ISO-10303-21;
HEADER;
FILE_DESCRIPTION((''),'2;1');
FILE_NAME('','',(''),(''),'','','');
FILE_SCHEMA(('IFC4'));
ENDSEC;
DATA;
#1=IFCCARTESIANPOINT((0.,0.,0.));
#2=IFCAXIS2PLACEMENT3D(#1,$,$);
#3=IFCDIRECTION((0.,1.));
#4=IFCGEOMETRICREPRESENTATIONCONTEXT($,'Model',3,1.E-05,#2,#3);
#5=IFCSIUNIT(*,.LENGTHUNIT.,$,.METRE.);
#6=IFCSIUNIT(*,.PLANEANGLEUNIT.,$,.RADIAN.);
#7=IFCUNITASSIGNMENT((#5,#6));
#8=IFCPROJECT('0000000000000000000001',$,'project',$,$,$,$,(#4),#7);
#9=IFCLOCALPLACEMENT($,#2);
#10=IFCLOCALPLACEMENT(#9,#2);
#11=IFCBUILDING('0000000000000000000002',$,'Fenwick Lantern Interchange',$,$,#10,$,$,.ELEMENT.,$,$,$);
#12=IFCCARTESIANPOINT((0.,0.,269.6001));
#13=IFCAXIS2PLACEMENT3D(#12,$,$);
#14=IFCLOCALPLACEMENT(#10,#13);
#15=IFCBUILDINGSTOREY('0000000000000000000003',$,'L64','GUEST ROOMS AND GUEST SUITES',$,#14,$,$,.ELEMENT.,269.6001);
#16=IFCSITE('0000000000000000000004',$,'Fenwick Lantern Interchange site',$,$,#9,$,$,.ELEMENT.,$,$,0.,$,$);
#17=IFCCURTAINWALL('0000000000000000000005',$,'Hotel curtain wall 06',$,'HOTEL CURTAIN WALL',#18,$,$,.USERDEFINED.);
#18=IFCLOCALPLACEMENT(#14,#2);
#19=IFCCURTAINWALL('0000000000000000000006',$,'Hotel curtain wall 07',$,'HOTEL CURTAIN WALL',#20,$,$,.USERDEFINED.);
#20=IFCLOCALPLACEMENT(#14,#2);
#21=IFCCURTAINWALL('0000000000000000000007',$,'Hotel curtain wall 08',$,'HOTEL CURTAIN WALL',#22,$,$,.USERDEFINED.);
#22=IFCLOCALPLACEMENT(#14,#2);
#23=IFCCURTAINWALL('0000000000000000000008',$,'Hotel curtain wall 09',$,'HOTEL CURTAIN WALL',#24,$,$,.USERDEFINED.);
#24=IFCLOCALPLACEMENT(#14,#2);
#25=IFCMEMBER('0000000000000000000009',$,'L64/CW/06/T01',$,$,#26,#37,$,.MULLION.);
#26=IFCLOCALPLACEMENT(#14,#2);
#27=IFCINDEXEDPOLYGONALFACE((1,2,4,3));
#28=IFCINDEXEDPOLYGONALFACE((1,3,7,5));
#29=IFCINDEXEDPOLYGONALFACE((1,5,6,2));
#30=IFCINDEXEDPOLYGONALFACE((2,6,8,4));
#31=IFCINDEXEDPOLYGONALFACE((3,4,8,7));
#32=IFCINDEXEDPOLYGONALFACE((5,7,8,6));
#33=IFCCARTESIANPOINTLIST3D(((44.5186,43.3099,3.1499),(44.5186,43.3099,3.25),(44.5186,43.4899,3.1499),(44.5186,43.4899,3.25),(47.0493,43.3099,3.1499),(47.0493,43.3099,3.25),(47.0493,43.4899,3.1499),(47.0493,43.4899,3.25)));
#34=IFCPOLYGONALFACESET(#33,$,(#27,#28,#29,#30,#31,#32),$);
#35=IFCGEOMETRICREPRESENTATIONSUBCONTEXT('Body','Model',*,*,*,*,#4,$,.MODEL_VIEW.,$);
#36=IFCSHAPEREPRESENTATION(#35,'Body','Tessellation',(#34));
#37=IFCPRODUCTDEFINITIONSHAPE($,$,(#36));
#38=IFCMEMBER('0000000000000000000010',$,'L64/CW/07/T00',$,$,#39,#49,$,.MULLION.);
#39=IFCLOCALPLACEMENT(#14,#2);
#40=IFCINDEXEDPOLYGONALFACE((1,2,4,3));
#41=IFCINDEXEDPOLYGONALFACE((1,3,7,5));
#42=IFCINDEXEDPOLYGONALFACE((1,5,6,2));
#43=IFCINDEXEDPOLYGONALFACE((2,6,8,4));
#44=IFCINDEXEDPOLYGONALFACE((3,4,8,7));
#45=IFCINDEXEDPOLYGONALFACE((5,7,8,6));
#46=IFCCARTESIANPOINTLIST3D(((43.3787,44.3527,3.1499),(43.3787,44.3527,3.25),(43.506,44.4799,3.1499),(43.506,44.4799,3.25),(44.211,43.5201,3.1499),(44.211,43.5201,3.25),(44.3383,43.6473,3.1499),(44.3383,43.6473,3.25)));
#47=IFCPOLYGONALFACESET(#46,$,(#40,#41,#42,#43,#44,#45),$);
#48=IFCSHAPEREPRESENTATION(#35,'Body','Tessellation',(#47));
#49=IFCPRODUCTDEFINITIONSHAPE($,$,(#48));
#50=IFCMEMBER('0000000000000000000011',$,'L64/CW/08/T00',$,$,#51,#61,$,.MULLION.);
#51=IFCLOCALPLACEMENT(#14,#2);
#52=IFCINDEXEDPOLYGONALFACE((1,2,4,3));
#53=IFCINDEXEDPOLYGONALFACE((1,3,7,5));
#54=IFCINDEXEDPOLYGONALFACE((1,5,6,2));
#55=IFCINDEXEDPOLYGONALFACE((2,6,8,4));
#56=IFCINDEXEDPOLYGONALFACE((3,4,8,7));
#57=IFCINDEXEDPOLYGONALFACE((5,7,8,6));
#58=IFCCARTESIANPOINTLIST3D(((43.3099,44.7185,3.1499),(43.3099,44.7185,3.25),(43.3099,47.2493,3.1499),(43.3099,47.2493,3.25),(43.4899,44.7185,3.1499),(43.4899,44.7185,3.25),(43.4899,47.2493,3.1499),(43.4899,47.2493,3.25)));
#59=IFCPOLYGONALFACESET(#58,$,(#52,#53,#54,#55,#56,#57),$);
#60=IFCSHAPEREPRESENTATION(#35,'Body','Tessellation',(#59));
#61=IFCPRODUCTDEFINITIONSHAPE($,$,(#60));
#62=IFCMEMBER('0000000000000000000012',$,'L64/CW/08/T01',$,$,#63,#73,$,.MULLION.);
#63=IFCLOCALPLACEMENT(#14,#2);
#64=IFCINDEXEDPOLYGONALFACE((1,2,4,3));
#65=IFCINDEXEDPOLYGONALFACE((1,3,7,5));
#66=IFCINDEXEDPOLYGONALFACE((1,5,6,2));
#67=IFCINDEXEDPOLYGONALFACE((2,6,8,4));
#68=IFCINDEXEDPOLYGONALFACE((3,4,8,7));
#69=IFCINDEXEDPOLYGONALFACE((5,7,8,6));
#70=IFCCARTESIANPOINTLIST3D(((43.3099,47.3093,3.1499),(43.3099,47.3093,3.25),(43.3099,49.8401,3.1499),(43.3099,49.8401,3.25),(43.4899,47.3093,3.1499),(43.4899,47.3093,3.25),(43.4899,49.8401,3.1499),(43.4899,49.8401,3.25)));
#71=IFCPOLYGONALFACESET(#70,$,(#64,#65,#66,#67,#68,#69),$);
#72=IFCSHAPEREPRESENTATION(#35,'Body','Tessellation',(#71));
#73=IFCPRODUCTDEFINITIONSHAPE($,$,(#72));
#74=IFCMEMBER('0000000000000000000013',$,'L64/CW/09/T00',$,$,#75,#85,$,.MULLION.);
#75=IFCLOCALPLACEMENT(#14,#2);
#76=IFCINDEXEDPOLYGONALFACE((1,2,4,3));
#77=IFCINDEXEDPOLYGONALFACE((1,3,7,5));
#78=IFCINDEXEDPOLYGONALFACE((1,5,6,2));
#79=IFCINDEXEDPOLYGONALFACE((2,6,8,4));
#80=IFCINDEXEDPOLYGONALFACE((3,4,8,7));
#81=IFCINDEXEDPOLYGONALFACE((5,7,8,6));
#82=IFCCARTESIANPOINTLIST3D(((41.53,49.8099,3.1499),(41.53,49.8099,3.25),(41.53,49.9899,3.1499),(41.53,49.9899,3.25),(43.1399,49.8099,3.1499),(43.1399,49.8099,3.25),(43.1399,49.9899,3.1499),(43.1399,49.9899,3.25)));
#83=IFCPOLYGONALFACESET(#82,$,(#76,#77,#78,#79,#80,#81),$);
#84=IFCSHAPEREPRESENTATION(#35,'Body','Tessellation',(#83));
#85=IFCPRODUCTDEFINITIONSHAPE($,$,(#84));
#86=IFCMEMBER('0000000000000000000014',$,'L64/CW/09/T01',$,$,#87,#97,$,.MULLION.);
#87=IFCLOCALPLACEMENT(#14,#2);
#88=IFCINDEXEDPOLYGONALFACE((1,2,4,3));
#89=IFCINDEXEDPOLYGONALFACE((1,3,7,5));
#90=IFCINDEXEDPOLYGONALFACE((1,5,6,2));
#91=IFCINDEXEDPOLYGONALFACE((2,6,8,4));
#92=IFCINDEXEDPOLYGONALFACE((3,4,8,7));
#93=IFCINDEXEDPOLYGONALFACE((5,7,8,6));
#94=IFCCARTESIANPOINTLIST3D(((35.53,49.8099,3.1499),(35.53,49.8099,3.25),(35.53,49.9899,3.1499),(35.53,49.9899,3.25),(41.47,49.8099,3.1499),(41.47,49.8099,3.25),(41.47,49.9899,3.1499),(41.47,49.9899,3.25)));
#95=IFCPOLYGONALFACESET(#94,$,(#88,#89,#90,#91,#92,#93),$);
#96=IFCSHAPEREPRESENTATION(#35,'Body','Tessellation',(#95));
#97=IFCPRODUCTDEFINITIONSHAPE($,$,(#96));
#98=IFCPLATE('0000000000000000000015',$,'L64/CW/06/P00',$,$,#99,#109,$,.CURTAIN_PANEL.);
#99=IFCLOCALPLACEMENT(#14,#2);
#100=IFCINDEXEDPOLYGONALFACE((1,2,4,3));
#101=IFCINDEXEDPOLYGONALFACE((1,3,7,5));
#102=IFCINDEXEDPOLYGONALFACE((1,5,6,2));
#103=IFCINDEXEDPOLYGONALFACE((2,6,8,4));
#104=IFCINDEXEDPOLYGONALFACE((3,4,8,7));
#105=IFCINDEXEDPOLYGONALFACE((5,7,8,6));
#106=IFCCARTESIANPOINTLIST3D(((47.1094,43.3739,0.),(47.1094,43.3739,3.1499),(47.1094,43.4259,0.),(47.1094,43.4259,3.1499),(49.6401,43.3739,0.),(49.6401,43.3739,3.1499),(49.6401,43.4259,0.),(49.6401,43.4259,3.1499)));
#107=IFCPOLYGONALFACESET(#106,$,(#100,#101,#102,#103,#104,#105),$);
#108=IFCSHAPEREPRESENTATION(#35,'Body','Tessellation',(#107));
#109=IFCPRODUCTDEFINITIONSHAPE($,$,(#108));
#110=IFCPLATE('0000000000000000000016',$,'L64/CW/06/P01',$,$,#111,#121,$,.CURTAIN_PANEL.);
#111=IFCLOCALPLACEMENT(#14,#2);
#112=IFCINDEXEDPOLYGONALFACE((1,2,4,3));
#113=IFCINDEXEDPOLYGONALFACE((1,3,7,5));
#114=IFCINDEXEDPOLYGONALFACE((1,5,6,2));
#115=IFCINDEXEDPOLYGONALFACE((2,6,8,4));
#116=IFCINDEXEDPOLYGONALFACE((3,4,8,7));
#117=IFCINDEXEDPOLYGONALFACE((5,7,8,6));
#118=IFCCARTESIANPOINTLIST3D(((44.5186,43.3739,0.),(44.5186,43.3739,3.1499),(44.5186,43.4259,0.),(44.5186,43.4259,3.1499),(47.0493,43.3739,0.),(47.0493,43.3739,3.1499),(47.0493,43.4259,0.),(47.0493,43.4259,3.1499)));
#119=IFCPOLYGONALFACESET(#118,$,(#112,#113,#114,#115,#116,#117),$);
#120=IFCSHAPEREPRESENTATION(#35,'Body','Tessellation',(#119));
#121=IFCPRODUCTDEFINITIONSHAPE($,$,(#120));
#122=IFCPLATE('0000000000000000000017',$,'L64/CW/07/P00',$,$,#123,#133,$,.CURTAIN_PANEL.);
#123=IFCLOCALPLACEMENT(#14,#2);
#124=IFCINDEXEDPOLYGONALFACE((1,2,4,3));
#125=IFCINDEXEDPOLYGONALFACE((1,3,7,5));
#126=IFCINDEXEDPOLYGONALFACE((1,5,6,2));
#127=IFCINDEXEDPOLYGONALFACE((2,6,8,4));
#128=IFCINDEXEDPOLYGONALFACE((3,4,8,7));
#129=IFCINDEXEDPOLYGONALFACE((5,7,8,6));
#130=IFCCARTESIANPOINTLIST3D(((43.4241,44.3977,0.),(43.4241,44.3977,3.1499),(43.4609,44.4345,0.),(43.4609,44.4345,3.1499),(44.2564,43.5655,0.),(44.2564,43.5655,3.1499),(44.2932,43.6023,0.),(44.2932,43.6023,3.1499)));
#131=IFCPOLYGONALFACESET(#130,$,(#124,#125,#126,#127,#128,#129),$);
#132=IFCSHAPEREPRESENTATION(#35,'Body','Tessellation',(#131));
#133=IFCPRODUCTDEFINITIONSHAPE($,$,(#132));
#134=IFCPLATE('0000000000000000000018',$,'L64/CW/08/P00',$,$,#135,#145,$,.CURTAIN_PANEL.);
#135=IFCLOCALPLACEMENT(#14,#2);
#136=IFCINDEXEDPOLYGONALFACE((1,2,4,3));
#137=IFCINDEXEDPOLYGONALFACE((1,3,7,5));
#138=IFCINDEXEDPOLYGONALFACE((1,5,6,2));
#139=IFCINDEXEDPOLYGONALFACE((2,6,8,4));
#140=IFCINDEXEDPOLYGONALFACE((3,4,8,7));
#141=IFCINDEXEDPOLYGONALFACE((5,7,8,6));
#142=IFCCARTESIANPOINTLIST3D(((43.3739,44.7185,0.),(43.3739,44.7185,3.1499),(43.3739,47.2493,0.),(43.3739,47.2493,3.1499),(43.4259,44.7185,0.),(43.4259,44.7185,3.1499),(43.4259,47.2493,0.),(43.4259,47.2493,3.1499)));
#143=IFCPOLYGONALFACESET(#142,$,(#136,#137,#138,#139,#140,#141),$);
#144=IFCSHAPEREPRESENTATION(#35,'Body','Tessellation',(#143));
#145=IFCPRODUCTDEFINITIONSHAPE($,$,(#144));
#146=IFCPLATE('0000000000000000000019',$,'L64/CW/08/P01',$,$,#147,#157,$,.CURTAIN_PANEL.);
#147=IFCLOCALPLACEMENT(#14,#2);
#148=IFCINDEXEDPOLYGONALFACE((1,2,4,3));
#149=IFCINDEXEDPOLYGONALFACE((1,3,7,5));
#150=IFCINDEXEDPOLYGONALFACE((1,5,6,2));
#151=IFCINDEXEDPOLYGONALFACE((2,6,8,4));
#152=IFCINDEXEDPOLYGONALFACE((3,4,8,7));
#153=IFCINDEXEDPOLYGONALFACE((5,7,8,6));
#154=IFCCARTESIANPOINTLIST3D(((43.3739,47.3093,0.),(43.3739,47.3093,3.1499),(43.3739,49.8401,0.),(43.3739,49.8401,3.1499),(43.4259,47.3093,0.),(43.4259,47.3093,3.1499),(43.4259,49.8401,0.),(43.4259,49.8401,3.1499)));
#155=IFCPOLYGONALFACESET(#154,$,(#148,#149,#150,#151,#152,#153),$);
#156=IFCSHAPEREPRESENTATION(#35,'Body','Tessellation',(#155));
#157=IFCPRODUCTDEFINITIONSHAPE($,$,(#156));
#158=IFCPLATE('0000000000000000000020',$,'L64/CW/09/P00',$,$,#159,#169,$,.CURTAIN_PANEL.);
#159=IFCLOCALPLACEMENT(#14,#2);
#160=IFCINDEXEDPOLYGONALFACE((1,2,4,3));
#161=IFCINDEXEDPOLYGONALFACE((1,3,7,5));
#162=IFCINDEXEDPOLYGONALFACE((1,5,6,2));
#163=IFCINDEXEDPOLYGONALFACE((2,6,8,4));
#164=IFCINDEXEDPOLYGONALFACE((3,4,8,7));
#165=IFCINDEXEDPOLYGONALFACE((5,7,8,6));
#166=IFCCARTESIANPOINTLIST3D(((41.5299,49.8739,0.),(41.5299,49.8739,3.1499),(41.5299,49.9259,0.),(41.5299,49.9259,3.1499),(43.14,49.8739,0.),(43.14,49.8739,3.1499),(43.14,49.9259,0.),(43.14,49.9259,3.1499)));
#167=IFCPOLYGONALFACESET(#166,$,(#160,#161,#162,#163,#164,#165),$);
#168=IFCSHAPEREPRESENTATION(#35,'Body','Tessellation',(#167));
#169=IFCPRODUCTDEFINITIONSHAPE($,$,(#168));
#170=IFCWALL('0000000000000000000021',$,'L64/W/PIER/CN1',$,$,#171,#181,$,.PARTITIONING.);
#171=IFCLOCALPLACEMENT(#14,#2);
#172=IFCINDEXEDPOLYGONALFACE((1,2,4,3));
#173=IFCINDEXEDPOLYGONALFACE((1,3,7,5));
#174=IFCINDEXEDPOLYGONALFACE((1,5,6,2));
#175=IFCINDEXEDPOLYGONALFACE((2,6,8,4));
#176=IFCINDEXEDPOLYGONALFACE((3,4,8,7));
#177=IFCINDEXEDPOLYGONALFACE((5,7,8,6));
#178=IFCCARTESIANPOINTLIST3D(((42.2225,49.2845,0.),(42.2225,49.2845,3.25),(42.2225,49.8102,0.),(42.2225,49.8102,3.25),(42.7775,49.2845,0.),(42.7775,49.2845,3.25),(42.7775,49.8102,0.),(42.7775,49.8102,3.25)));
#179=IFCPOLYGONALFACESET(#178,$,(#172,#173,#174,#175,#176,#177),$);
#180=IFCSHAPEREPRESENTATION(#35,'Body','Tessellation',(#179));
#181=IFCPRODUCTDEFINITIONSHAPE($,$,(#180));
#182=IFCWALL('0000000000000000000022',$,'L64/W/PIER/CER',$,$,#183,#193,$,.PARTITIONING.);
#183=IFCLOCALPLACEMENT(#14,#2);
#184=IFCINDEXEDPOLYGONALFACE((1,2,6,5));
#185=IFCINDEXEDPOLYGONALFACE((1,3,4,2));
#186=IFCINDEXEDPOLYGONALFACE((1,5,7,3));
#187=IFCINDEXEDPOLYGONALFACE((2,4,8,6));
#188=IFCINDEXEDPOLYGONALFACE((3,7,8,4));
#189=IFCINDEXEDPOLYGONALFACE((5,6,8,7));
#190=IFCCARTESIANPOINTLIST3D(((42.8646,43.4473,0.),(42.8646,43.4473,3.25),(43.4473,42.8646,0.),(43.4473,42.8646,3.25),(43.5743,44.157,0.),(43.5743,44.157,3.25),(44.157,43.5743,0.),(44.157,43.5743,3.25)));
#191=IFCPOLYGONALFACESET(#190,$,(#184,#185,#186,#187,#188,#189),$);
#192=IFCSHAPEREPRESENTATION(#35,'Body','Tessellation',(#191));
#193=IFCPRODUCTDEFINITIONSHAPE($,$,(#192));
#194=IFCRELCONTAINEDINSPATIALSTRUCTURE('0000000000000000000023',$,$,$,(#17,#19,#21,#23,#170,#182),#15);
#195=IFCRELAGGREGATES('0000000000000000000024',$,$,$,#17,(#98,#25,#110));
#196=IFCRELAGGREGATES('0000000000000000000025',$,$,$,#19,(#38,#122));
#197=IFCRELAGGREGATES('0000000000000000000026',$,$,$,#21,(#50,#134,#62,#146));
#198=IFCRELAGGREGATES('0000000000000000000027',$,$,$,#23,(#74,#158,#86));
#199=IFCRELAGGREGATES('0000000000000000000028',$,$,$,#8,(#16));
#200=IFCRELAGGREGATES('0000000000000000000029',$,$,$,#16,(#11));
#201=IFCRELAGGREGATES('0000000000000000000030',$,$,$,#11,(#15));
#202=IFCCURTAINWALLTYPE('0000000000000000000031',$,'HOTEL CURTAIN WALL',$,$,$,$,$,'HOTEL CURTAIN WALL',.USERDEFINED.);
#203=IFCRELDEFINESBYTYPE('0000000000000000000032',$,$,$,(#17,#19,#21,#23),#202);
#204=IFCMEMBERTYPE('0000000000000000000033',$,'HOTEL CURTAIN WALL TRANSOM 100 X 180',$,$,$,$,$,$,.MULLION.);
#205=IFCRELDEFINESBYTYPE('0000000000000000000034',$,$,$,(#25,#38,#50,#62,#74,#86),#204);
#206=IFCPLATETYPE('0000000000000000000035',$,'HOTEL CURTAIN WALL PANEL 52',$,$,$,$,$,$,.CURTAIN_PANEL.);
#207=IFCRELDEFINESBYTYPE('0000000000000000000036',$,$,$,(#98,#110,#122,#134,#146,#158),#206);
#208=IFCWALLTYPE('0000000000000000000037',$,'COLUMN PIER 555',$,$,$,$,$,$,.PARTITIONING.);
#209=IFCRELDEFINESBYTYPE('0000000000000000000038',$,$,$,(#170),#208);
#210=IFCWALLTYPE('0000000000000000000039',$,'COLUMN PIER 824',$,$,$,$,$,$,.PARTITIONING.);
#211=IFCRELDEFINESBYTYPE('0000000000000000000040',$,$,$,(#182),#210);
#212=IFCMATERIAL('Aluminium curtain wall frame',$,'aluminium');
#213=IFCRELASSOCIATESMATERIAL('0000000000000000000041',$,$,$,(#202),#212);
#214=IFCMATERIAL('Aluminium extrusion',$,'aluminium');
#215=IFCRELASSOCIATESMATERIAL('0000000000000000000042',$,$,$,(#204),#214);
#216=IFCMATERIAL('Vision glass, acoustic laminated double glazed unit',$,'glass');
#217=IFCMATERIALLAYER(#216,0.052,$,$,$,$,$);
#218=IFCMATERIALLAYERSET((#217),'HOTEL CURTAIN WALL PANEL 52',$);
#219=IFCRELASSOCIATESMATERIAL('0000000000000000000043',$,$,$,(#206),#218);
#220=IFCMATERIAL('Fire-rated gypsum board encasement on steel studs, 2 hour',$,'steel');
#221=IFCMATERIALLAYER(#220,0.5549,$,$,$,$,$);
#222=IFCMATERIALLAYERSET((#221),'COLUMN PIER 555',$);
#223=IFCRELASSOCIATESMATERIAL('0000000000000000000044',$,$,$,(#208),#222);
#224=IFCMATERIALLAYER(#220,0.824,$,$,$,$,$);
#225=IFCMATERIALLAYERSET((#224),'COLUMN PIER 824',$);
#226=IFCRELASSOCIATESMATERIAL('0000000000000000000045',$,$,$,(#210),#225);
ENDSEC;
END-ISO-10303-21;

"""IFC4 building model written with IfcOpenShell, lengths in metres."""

from ifc_helpers import new_model, si_unit, direction, frame, frame_2d, origin, origin_2d, place, context, subcontext, project, spatial, rectangle, extrude, material, layer, layer_set, material_profile, profile_set, type_object, element, aggregate, save


model = new_model("IFC4")

# Units and contexts
model_context = context("Model", 3, precision=1e-05, world=origin(), true_north=direction((0.0, 1.0)))
body_context = subcontext(model_context, "Body", "Model", "MODEL_VIEW")
ifc_project = project(units=[si_unit("LENGTHUNIT", "METRE"), si_unit("PLANEANGLEUNIT", "RADIAN")], contexts=[model_context])

# Site, building, storey
site_placement = place(None, origin())
site = spatial("IfcSite", under=ifc_project, at=site_placement, Name="Fenwick Lantern Interchange site", CompositionType="ELEMENT", RefElevation=0.0)
building_placement = place(site_placement, origin())
building = spatial("IfcBuilding", under=site, at=building_placement, Name="Fenwick Lantern Interchange", CompositionType="ELEMENT")
storey_placement = place(building_placement, frame((0.0, 0.0, 269.6001)))
storey = spatial("IfcBuildingStorey", under=building, at=storey_placement, Name="L64", Description="GUEST ROOMS AND GUEST SUITES", CompositionType="ELEMENT", Elevation=269.6001)

# Curtain walls
ifc_material_1 = material(Name="Aluminium curtain wall frame", Category="aluminium")
curtain_wall_type = type_object("IfcCurtainWallType", Name="HOTEL CURTAIN WALL", ElementType="HOTEL CURTAIN WALL", PredefinedType="USERDEFINED", material=ifc_material_1)
curtain_wall_1_placement = place(storey_placement, origin())
curtain_wall_1 = element("IfcCurtainWall", 1, at=curtain_wall_1_placement, inside=storey, type_object=curtain_wall_type, Name="Hotel curtain wall 06", ObjectType="HOTEL CURTAIN WALL", PredefinedType="USERDEFINED")
ifc_material_2 = material(Name="Aluminium extrusion", Category="aluminium")
curtain_wall_2_placement = place(storey_placement, origin())
curtain_wall_2 = element("IfcCurtainWall", 2, at=curtain_wall_2_placement, inside=storey, type_object=curtain_wall_type, Name="Hotel curtain wall 07", ObjectType="HOTEL CURTAIN WALL", PredefinedType="USERDEFINED")
curtain_wall_3_placement = place(storey_placement, origin())
curtain_wall_3 = element("IfcCurtainWall", 3, at=curtain_wall_3_placement, inside=storey, type_object=curtain_wall_type, Name="Hotel curtain wall 08", ObjectType="HOTEL CURTAIN WALL", PredefinedType="USERDEFINED")
curtain_wall_4_placement = place(storey_placement, origin())
curtain_wall_4 = element("IfcCurtainWall", 4, at=curtain_wall_4_placement, inside=storey, type_object=curtain_wall_type, Name="Hotel curtain wall 09", ObjectType="HOTEL CURTAIN WALL", PredefinedType="USERDEFINED")

# Members
ifc_material_profile_1 = material_profile(ifc_material_2, rectangle(XDim=0.1799, YDim=0.1001, at=origin_2d()), Name="HOTEL CURTAIN WALL TRANSOM 100 X 180")
ifc_profile_set_1 = profile_set([ifc_material_profile_1], Name="Aluminium extrusion")
member_type_1 = type_object("IfcMemberType", Name="HOTEL CURTAIN WALL TRANSOM 100 X 180", PredefinedType="MULLION", material=ifc_profile_set_1)
member_1_placement = place(storey_placement, frame((47.0493, 43.3999, 3.2), z_axis=(-1.0, 0.0, 0.0), x_axis=(0.0, -1.0, 0.0)))
member_1 = element("IfcMember", 5, at=member_1_placement, type_object=member_type_1, Name="L64/CW/06/T01", PredefinedType="MULLION", context=body_context, shape_type="SweptSolid", body=[
    extrude(rectangle(XDim=0.1799, YDim=0.1001, at=origin_2d()), origin(), (0.0, 0.0, 1.0), 2.5308),
])
member_2_placement = place(storey_placement, frame((44.2747, 43.5837, 3.2), z_axis=(-0.707003, 0.70721, 0.0), x_axis=(-0.70721, -0.707003, 0.0)))
member_2 = element("IfcMember", 6, at=member_2_placement, type_object=member_type_1, Name="L64/CW/07/T00", PredefinedType="MULLION", context=body_context, shape_type="SweptSolid", body=[
    extrude(rectangle(XDim=0.1799, YDim=0.1001, at=origin_2d()), origin(), (0.0, 0.0, 1.0), 1.1772),
])
member_3_placement = place(storey_placement, frame((43.3999, 44.7185, 3.2), z_axis=(0.0, 1.0, 0.0), x_axis=(-1.0, 0.0, 0.0)))
member_3 = element("IfcMember", 7, at=member_3_placement, type_object=member_type_1, Name="L64/CW/08/T00", PredefinedType="MULLION", context=body_context, shape_type="SweptSolid", body=[
    extrude(rectangle(XDim=0.1799, YDim=0.1001, at=origin_2d()), origin(), (0.0, 0.0, 1.0), 2.5308),
])
member_4_placement = place(storey_placement, frame((43.3999, 47.3093, 3.2), z_axis=(0.0, 1.0, 0.0), x_axis=(-1.0, 0.0, 0.0)))
member_4 = element("IfcMember", 8, at=member_4_placement, type_object=member_type_1, Name="L64/CW/08/T01", PredefinedType="MULLION", context=body_context, shape_type="SweptSolid", body=[
    extrude(rectangle(XDim=0.1799, YDim=0.1001, at=origin_2d()), origin(), (0.0, 0.0, 1.0), 2.5308),
])
member_5_placement = place(storey_placement, frame((43.1399, 49.8999, 3.2), z_axis=(-1.0, 0.0, 0.0), x_axis=(0.0, -1.0, 0.0)))
member_5 = element("IfcMember", 9, at=member_5_placement, type_object=member_type_1, Name="L64/CW/09/T00", PredefinedType="MULLION", context=body_context, shape_type="SweptSolid", body=[
    extrude(rectangle(XDim=0.1799, YDim=0.1001, at=origin_2d()), origin(), (0.0, 0.0, 1.0), 1.6099),
])
member_6_placement = place(storey_placement, frame((41.47, 49.8999, 3.2), z_axis=(-1.0, 0.0, 0.0), x_axis=(0.0, -1.0, 0.0)))
member_6 = element("IfcMember", 10, at=member_6_placement, type_object=member_type_1, Name="L64/CW/09/T01", PredefinedType="MULLION", context=body_context, shape_type="SweptSolid", body=[
    extrude(rectangle(XDim=0.1799, YDim=0.1001, at=origin_2d()), origin(), (0.0, 0.0, 1.0), 5.9399),
])

# Plates
ifc_material_3 = material(Name="Vision glass, acoustic laminated double glazed unit", Category="glass")
ifc_layer_1 = layer(ifc_material_3, 0.052)
ifc_layer_set_1 = layer_set([ifc_layer_1], Name="HOTEL CURTAIN WALL PANEL 52")
plate_type = type_object("IfcPlateType", Name="HOTEL CURTAIN WALL PANEL 52", PredefinedType="CURTAIN_PANEL", material=ifc_layer_set_1)
plate_1_placement = place(storey_placement, frame((48.3748, 43.3999, 0.0), z_axis=(0.0, 0.0, 1.0), x_axis=(-1.0, 0.0, 0.0)))
plate_1 = element("IfcPlate", 11, at=plate_1_placement, type_object=plate_type, Name="L64/CW/06/P00", PredefinedType="CURTAIN_PANEL", context=body_context, shape_type="SweptSolid", body=[
    extrude(rectangle(XDim=2.5308, YDim=0.052, at=origin_2d()), origin(), (0.0, 0.0, 1.0), 3.1499),
])
plate_2_placement = place(storey_placement, frame((45.7839, 43.3999, 0.0), z_axis=(0.0, 0.0, 1.0), x_axis=(-1.0, 0.0, 0.0)))
plate_2 = element("IfcPlate", 12, at=plate_2_placement, type_object=plate_type, Name="L64/CW/06/P01", PredefinedType="CURTAIN_PANEL", context=body_context, shape_type="SweptSolid", body=[
    extrude(rectangle(XDim=2.5308, YDim=0.052, at=origin_2d()), origin(), (0.0, 0.0, 1.0), 3.1499),
])
aggregate(curtain_wall_1, [plate_1, member_1, plate_2])
plate_3_placement = place(storey_placement, frame((43.8586, 44.0, 0.0), z_axis=(0.0, 0.0, 1.0), x_axis=(-0.707107, 0.707107, 0.0)))
plate_3 = element("IfcPlate", 13, at=plate_3_placement, type_object=plate_type, Name="L64/CW/07/P00", PredefinedType="CURTAIN_PANEL", context=body_context, shape_type="SweptSolid", body=[
    extrude(rectangle(XDim=1.177, YDim=0.052, at=origin_2d()), origin(), (0.0, 0.0, 1.0), 3.1499),
])
aggregate(curtain_wall_2, [member_2, plate_3])
plate_4_placement = place(storey_placement, frame((43.3999, 45.9839, 0.0), z_axis=(0.0, 0.0, 1.0), x_axis=(0.0, 1.0, 0.0)))
plate_4 = element("IfcPlate", 14, at=plate_4_placement, type_object=plate_type, Name="L64/CW/08/P00", PredefinedType="CURTAIN_PANEL", context=body_context, shape_type="SweptSolid", body=[
    extrude(rectangle(XDim=2.5308, YDim=0.052, at=origin_2d()), origin(), (0.0, 0.0, 1.0), 3.1499),
])
plate_5_placement = place(storey_placement, frame((43.3999, 48.5747, 0.0), z_axis=(0.0, 0.0, 1.0), x_axis=(0.0, 1.0, 0.0)))
plate_5 = element("IfcPlate", 15, at=plate_5_placement, type_object=plate_type, Name="L64/CW/08/P01", PredefinedType="CURTAIN_PANEL", context=body_context, shape_type="SweptSolid", body=[
    extrude(rectangle(XDim=2.5308, YDim=0.052, at=origin_2d()), origin(), (0.0, 0.0, 1.0), 3.1499),
])
aggregate(curtain_wall_3, [member_3, plate_4, member_4, plate_5])
plate_6_placement = place(storey_placement, frame((42.335, 49.8999, 0.0), z_axis=(0.0, 0.0, 1.0), x_axis=(-1.0, 0.0, 0.0)))
plate_6 = element("IfcPlate", 16, at=plate_6_placement, type_object=plate_type, Name="L64/CW/09/P00", PredefinedType="CURTAIN_PANEL", context=body_context, shape_type="SweptSolid", body=[
    extrude(rectangle(XDim=1.6101, YDim=0.052, at=origin_2d()), origin(), (0.0, 0.0, 1.0), 3.1499),
])
aggregate(curtain_wall_4, [member_5, plate_6, member_6])

# Walls
ifc_material_4 = material(Name="Fire-rated gypsum board encasement on steel studs, 2 hour", Category="steel")
ifc_layer_2 = layer(ifc_material_4, 0.5549)
ifc_layer_set_2 = layer_set([ifc_layer_2], Name="COLUMN PIER 555")
wall_type_1 = type_object("IfcWallType", Name="COLUMN PIER 555", PredefinedType="PARTITIONING", material=ifc_layer_set_2)
wall_1_placement = place(storey_placement, frame((42.5, 49.8101, 0.0), z_axis=(0.0, 0.0, 1.0), x_axis=(0.0, -1.0, 0.0)))
element("IfcWall", 17, at=wall_1_placement, inside=storey, type_object=wall_type_1, Name="L64/W/PIER/CN1", PredefinedType="PARTITIONING", context=body_context, shape_type="SweptSolid", body=[
    extrude(rectangle(XDim=0.5256, YDim=0.5549, at=frame_2d((0.2627, 0.0))), origin(), (0.0, 0.0, 1.0), 3.25),
])
ifc_layer_3 = layer(ifc_material_4, 0.824)
ifc_layer_set_3 = layer_set([ifc_layer_3], Name="COLUMN PIER 824")
wall_type_2 = type_object("IfcWallType", Name="COLUMN PIER 824", PredefinedType="PARTITIONING", material=ifc_layer_set_3)
wall_2_placement = place(storey_placement, frame((43.8657, 43.8657, 0.0), z_axis=(0.0, 0.0, 1.0), x_axis=(-0.707107, -0.707107, 0.0)))
element("IfcWall", 18, at=wall_2_placement, inside=storey, type_object=wall_type_2, Name="L64/W/PIER/CER", PredefinedType="PARTITIONING", context=body_context, shape_type="SweptSolid", body=[
    extrude(rectangle(XDim=1.0037, YDim=0.824, at=frame_2d((0.502, 0.0))), origin(), (0.0, 0.0, 1.0), 3.25),
])

save(model, "model.ifc")
